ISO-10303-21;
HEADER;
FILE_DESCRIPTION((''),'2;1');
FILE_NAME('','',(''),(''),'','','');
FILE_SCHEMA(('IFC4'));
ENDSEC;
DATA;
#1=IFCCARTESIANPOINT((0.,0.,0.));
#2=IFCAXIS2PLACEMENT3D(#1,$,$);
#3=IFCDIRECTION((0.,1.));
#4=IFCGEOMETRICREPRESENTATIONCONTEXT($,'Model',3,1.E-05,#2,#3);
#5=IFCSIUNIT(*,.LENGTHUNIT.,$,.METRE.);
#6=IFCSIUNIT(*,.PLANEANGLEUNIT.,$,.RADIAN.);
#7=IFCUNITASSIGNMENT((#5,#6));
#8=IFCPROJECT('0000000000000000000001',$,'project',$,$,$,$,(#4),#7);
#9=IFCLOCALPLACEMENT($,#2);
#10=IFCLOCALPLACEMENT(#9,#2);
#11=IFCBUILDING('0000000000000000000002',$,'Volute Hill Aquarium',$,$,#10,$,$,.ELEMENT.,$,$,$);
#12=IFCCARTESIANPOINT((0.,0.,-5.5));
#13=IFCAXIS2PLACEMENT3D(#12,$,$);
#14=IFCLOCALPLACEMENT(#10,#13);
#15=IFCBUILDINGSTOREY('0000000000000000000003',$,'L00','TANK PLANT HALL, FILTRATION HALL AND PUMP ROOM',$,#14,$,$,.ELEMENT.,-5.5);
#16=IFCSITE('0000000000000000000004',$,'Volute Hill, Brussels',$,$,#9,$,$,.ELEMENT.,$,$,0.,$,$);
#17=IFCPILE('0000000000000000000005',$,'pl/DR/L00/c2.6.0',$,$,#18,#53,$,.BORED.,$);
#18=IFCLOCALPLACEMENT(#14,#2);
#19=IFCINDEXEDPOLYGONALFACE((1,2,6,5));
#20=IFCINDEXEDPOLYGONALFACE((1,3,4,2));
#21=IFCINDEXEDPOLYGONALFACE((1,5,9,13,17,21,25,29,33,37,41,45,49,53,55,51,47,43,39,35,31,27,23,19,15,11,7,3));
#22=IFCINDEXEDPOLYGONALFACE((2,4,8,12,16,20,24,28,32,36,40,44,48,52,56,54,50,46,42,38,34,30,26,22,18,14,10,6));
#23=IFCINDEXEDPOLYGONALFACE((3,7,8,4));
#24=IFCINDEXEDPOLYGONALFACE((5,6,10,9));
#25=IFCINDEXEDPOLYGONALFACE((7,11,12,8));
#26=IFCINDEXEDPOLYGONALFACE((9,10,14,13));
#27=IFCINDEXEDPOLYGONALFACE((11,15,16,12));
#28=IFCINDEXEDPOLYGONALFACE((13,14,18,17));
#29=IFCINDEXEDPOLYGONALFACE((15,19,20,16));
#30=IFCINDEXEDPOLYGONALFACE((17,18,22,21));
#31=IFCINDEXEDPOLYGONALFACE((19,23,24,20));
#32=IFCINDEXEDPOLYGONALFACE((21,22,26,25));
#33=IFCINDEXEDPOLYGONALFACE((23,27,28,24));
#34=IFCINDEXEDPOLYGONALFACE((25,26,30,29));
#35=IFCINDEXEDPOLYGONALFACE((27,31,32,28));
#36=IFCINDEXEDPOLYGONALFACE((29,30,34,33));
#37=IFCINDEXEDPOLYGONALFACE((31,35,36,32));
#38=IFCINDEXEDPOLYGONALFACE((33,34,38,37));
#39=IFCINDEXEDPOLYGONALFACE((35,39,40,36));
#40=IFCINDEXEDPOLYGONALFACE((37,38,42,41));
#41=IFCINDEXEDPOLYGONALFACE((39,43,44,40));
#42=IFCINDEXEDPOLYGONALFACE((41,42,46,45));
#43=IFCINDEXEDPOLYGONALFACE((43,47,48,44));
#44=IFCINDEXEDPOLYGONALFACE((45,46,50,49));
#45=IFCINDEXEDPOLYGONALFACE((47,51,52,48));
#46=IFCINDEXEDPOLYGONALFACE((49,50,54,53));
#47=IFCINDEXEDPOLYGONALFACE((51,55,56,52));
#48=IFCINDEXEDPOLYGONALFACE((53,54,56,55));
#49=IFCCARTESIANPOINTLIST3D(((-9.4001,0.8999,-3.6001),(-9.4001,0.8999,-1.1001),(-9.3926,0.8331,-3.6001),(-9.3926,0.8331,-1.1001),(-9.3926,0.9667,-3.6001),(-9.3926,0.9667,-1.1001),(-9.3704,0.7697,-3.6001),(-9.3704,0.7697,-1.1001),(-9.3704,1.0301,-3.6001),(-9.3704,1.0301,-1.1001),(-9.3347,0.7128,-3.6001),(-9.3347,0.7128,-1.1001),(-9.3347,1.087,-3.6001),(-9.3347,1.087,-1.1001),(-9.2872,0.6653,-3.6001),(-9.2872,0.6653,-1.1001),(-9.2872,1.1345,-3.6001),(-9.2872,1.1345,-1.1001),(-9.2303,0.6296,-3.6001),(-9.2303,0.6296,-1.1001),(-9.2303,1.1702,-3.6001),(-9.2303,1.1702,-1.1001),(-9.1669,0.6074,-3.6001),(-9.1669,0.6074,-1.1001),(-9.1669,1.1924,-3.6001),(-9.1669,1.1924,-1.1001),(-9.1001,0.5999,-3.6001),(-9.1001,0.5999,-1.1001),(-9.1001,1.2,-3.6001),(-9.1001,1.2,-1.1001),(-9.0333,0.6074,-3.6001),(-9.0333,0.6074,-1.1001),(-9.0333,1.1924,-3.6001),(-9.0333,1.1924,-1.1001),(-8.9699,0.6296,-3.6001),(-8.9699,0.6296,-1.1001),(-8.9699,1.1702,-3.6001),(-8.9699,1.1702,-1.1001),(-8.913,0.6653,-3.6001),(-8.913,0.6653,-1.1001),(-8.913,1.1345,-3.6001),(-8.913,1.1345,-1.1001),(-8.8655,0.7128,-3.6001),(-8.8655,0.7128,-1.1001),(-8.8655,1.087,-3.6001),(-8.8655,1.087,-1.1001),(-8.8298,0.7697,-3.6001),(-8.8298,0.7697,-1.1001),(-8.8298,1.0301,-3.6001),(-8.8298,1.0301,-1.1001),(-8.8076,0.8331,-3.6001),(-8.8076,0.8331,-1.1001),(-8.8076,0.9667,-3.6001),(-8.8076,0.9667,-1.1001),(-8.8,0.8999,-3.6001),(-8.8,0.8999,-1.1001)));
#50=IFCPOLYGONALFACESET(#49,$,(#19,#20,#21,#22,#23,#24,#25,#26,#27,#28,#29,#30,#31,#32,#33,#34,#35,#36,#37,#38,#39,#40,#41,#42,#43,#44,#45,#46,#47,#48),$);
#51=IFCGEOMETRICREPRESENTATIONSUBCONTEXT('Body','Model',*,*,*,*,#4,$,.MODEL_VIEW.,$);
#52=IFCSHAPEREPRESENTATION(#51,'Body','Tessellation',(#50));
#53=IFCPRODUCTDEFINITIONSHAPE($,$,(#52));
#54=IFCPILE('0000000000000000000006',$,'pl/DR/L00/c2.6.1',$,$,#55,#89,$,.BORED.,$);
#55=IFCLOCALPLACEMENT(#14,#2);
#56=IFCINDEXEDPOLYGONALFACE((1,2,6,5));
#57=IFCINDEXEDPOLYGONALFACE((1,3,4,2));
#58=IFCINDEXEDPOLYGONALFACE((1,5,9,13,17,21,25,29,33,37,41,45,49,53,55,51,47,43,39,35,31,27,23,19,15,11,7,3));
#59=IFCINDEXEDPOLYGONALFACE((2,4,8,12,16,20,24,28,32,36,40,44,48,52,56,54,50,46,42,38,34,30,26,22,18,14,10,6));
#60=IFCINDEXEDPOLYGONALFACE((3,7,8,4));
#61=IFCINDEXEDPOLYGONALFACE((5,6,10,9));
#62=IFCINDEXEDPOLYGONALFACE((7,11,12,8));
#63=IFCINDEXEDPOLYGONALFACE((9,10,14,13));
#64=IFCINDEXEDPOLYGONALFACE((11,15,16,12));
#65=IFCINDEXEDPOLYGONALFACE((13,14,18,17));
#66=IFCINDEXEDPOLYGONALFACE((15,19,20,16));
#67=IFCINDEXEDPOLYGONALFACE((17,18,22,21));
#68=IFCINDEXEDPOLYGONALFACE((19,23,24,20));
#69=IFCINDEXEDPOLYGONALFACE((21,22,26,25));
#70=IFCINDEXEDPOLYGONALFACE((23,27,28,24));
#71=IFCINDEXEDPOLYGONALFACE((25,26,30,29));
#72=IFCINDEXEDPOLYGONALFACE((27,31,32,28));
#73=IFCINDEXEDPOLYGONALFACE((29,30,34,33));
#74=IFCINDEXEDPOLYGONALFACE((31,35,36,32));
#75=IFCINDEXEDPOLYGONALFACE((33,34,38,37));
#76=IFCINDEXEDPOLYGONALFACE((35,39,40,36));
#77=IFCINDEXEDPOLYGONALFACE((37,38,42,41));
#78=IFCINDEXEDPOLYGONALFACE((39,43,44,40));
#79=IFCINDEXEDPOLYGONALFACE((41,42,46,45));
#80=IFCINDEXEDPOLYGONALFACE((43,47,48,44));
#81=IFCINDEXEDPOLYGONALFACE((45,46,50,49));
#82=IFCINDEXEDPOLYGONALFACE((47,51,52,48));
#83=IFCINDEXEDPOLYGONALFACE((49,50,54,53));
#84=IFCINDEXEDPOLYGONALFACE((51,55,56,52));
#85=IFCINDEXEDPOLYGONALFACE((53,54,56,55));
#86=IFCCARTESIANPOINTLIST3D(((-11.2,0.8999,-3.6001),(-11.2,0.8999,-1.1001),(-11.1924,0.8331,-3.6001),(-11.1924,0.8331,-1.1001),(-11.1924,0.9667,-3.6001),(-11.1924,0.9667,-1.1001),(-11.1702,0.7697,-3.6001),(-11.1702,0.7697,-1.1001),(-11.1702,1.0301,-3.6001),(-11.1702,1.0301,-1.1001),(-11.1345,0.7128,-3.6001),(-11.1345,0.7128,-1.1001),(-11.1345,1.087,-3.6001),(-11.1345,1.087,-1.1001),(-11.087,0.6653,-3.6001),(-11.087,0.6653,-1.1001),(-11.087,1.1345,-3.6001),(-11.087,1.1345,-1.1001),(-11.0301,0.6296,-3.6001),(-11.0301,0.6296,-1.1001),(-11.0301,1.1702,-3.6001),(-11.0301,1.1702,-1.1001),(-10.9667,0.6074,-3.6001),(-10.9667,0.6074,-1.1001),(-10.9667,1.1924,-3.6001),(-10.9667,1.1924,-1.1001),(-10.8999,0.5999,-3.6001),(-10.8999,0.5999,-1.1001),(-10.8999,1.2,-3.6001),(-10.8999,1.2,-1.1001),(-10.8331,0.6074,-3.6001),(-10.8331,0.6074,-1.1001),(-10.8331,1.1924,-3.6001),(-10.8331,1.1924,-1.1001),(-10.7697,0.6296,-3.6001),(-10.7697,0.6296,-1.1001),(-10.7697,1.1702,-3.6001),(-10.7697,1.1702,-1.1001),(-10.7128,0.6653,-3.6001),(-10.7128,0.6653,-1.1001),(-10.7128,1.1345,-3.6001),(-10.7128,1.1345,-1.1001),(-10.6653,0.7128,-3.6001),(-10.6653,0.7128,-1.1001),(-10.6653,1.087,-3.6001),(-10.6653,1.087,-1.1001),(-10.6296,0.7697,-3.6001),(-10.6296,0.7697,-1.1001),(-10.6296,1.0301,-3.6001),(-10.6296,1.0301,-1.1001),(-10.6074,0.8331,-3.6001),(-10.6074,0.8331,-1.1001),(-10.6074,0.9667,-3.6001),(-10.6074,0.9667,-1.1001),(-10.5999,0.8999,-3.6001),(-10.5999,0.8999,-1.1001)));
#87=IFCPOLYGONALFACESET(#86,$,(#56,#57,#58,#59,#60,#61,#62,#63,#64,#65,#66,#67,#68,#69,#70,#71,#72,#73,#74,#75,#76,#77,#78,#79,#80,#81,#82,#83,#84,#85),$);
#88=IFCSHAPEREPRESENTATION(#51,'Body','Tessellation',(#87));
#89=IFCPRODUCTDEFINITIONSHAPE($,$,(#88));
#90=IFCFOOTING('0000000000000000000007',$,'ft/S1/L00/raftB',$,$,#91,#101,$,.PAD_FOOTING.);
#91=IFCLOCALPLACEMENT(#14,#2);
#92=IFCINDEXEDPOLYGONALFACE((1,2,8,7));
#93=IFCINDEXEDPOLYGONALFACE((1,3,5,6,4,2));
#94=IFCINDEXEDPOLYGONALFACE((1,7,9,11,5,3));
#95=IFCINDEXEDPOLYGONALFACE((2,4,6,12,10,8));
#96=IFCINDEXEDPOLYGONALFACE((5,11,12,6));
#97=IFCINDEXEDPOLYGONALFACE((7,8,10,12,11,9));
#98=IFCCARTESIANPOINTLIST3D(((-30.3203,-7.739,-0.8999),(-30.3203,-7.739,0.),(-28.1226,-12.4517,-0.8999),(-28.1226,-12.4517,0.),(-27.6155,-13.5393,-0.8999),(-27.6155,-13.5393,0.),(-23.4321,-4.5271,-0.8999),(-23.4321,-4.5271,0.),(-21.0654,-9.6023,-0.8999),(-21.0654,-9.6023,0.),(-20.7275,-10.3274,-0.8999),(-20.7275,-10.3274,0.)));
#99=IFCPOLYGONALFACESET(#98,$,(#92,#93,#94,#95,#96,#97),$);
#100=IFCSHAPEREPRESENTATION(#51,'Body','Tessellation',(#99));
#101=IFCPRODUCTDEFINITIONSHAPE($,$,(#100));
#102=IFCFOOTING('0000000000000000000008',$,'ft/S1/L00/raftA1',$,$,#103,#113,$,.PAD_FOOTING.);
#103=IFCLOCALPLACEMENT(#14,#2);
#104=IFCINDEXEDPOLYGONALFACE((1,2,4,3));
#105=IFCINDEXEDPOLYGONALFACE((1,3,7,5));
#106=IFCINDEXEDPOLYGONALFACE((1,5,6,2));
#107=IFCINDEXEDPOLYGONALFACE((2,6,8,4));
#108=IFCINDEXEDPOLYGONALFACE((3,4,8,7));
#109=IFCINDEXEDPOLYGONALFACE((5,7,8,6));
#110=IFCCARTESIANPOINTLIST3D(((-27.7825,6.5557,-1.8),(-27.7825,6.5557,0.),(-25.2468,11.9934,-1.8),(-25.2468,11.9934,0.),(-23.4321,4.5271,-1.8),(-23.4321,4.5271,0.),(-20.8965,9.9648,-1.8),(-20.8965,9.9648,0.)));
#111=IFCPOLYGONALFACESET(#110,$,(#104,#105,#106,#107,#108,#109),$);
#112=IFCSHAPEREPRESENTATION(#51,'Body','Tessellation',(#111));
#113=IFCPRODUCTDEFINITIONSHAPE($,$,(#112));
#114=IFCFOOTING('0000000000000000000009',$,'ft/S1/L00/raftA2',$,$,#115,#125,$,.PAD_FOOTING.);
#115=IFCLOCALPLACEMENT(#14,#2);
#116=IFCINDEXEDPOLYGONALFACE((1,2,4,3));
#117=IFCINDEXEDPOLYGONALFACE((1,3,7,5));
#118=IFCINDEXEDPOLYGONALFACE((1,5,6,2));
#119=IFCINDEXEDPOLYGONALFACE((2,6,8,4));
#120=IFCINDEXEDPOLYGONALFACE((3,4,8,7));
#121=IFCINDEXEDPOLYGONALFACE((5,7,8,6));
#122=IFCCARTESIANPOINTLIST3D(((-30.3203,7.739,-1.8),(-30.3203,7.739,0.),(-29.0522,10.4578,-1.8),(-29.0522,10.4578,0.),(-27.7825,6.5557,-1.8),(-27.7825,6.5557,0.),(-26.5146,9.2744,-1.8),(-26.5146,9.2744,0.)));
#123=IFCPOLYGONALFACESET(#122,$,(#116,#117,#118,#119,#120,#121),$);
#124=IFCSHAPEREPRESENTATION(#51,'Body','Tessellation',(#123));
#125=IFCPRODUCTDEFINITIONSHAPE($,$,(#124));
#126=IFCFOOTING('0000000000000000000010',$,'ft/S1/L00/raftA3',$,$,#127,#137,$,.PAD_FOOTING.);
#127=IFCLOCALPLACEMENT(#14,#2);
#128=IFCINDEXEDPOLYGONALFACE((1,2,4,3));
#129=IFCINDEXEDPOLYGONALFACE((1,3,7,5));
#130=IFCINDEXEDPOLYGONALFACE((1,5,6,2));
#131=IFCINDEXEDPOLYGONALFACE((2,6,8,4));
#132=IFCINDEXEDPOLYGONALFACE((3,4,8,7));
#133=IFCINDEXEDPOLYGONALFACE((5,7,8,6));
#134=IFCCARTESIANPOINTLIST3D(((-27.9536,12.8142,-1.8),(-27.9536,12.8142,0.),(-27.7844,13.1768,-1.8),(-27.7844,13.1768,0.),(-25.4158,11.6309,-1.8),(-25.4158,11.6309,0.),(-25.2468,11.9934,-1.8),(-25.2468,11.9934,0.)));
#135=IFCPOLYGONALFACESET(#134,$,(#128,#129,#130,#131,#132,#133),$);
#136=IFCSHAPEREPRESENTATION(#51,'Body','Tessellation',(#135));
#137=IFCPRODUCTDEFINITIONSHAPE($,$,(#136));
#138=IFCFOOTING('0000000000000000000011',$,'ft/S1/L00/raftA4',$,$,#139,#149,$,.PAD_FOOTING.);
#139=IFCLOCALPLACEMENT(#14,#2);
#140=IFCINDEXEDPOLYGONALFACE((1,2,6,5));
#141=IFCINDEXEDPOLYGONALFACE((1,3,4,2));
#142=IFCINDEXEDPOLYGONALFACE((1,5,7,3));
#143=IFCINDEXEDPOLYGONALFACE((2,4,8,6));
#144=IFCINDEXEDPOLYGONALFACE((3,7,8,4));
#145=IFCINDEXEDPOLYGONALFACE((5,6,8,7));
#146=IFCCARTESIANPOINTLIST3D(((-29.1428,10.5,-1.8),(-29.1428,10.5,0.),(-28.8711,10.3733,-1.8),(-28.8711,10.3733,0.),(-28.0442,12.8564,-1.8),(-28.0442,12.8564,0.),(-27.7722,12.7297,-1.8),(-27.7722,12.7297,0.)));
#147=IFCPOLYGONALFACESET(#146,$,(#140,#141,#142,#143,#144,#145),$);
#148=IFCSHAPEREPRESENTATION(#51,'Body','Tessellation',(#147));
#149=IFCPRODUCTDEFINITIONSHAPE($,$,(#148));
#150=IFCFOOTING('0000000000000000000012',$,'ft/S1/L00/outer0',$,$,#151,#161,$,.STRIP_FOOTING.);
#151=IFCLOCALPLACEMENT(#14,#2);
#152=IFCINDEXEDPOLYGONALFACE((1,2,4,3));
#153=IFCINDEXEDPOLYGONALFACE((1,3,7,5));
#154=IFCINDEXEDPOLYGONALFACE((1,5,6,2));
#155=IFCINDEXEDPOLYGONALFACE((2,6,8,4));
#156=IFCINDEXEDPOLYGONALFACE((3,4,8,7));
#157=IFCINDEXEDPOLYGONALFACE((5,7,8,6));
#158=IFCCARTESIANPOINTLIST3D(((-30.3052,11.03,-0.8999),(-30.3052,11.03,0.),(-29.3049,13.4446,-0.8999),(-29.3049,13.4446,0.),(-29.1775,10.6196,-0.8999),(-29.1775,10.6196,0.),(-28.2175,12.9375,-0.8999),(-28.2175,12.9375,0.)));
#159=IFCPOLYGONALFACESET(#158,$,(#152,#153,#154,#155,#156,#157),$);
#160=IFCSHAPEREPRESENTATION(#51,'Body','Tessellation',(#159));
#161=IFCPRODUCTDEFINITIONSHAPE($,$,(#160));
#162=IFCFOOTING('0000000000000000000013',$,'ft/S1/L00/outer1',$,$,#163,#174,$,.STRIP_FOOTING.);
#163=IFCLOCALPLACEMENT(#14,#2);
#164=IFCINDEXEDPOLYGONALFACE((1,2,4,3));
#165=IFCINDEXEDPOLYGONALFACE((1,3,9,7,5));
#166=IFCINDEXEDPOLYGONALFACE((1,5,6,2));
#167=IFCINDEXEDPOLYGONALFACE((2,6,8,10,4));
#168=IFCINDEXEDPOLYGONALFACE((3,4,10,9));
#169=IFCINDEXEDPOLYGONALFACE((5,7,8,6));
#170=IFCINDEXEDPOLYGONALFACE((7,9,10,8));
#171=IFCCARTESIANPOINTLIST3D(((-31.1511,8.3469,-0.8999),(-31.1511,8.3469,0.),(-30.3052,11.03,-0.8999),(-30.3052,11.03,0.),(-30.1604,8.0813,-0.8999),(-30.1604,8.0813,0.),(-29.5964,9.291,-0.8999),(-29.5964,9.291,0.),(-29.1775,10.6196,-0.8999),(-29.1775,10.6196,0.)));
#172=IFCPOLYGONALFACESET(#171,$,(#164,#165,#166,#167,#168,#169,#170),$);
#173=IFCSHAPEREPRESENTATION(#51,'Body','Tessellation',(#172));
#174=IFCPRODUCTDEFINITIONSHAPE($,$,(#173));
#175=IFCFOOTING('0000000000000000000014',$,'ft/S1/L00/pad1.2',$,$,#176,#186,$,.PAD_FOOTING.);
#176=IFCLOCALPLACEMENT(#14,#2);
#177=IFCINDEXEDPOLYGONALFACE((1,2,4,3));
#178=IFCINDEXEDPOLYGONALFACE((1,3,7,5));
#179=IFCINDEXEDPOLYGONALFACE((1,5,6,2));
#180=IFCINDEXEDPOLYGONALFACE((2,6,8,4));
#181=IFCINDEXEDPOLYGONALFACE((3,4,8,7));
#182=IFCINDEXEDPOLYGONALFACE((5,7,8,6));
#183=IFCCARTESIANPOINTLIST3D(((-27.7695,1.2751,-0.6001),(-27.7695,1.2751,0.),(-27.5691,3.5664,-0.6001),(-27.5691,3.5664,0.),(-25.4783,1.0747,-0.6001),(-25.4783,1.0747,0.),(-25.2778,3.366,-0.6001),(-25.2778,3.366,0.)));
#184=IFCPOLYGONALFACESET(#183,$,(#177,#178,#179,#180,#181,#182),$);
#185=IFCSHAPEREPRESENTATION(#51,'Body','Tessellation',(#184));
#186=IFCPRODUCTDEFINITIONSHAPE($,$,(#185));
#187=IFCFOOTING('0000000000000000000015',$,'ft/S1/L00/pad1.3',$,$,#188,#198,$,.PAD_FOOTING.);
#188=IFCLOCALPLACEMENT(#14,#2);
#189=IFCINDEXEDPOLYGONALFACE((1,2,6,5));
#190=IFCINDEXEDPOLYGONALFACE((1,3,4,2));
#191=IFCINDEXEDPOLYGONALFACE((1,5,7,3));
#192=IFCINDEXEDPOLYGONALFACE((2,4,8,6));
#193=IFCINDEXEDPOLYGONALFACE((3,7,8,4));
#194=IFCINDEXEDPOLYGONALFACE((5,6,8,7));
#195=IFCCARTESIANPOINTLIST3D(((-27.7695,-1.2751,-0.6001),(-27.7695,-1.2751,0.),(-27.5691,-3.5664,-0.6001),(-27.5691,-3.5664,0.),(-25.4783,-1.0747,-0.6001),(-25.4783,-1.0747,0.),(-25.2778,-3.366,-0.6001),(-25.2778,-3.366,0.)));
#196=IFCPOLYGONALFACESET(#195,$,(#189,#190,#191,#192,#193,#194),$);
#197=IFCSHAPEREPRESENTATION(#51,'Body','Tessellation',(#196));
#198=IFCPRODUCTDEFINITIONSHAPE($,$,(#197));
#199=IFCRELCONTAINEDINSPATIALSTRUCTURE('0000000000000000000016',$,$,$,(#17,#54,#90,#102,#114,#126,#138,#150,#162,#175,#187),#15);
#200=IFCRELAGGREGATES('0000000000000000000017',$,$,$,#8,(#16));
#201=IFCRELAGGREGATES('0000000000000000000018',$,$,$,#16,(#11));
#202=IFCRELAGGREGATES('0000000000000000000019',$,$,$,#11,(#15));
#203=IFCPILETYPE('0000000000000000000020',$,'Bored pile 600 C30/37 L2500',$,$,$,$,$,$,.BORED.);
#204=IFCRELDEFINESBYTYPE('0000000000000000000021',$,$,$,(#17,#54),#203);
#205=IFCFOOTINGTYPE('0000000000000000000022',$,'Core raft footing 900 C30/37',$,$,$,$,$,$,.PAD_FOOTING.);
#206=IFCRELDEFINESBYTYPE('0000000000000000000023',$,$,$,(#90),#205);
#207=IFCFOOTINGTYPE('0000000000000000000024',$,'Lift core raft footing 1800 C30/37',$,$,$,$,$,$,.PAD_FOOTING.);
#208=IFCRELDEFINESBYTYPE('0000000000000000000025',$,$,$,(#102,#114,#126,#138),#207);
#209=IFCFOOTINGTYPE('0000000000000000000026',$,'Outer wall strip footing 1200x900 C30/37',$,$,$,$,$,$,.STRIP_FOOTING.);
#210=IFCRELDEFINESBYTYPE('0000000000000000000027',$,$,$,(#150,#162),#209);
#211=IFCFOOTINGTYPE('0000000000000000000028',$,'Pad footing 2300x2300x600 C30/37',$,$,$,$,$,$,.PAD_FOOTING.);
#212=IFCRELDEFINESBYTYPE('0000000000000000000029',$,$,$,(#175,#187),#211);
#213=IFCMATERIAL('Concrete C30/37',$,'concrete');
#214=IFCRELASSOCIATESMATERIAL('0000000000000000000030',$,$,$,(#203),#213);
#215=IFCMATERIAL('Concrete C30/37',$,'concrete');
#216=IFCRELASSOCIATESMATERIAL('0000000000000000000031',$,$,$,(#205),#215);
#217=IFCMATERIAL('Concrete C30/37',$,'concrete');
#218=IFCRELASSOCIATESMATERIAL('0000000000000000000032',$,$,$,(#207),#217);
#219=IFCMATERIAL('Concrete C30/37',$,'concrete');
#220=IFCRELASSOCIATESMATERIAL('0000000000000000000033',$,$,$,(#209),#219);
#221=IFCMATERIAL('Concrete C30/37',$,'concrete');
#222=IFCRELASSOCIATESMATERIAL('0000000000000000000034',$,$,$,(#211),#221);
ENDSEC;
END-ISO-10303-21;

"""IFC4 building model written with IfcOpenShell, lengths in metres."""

from ifc_helpers import new_model, si_unit, direction, frame, origin, origin_2d, place, context, subcontext, project, spatial, polyline, circle, outline, extrude, material, type_object, element, save


model = new_model("IFC4")

# Units and contexts
model_context = context("Model", 3, precision=1e-05, world=origin(), true_north=direction((0.0, 1.0)))
body_context = subcontext(model_context, "Body", "Model", "MODEL_VIEW")
ifc_project = project(units=[si_unit("LENGTHUNIT", "METRE"), si_unit("PLANEANGLEUNIT", "RADIAN")], contexts=[model_context])

# Site, building, storey
site_placement = place(None, origin())
site = spatial("IfcSite", under=ifc_project, at=site_placement, Name="Volute Hill, Brussels", CompositionType="ELEMENT", RefElevation=0.0)
building_placement = place(site_placement, origin())
building = spatial("IfcBuilding", under=site, at=building_placement, Name="Volute Hill Aquarium", CompositionType="ELEMENT")
storey_placement = place(building_placement, frame((0.0, 0.0, -5.5)))
storey = spatial("IfcBuildingStorey", under=building, at=storey_placement, Name="L00", Description="TANK PLANT HALL, FILTRATION HALL AND PUMP ROOM", CompositionType="ELEMENT", Elevation=-5.5)

# Piles
ifc_material_1 = material(Name="Concrete C30/37", Category="concrete")
pile_type = type_object("IfcPileType", Name="Bored pile 600 C30/37 L2500", PredefinedType="BORED", material=ifc_material_1)
for number, where, z_axis, x_axis, name in (
    (1, (-9.1001, 0.8999, -1.1001), (0.0, 0.0, -1.0), (1.0, 0.0, 0.0), "pl/DR/L00/c2.6.0"),
    (2, (-10.8999, 0.8999, -1.1001), (0.0, 0.0, -1.0), (1.0, 0.0, 0.0), "pl/DR/L00/c2.6.1"),
):
    element("IfcPile", number, at=place(storey_placement, frame(where, z_axis=z_axis, x_axis=x_axis)), inside=storey, type_object=pile_type, Name=name, PredefinedType="BORED", context=body_context, shape_type="SweptSolid", body=[
        extrude(circle(Radius=0.3, at=origin_2d()), origin(), (0.0, 0.0, 1.0), 2.5),
    ])

# Footings
ifc_material_2 = material(Name="Concrete C30/37", Category="concrete")
footing_type_1 = type_object("IfcFootingType", Name="Core raft footing 900 C30/37", PredefinedType="PAD_FOOTING", material=ifc_material_2)
footing_1_placement = place(storey_placement, frame((0.0, 0.0, -0.8999)))
element("IfcFooting", 3, at=footing_1_placement, inside=storey, type_object=footing_type_1, Name="ft/S1/L00/raftB", PredefinedType="PAD_FOOTING", context=body_context, shape_type="SweptSolid", body=[
    extrude(outline(polyline([(-27.6155, -13.5393), (-28.1226, -12.4517), (-28.1226, -12.4517), (-30.3203, -7.739), (-23.4321, -4.5271), (-21.0654, -9.6023), (-21.0654, -9.6023), (-20.7275, -10.3274), (-27.6155, -13.5393)])), origin(), (0.0, 0.0, 1.0), 0.8999),
])
ifc_material_3 = material(Name="Concrete C30/37", Category="concrete")
footing_type_2 = type_object("IfcFootingType", Name="Lift core raft footing 1800 C30/37", PredefinedType="PAD_FOOTING", material=ifc_material_3)
footing_2_placement = place(storey_placement, frame((0.0, 0.0, -1.8)))
element("IfcFooting", 4, at=footing_2_placement, inside=storey, type_object=footing_type_2, Name="ft/S1/L00/raftA1", PredefinedType="PAD_FOOTING", context=body_context, shape_type="SweptSolid", body=[
    extrude(outline(polyline([(-20.8965, 9.9648), (-25.2468, 11.9934), (-27.7825, 6.5557), (-23.4321, 4.5271), (-20.8965, 9.9648)])), origin(), (0.0, 0.0, 1.0), 1.8),
])
footing_3_placement = place(storey_placement, frame((0.0, 0.0, -1.8)))
element("IfcFooting", 5, at=footing_3_placement, inside=storey, type_object=footing_type_2, Name="ft/S1/L00/raftA2", PredefinedType="PAD_FOOTING", context=body_context, shape_type="SweptSolid", body=[
    extrude(outline(polyline([(-26.5146, 9.2744), (-29.0522, 10.4578), (-30.3203, 7.739), (-27.7825, 6.5557), (-26.5146, 9.2744)])), origin(), (0.0, 0.0, 1.0), 1.8),
])
footing_4_placement = place(storey_placement, frame((0.0, 0.0, -1.8)))
element("IfcFooting", 6, at=footing_4_placement, inside=storey, type_object=footing_type_2, Name="ft/S1/L00/raftA3", PredefinedType="PAD_FOOTING", context=body_context, shape_type="SweptSolid", body=[
    extrude(outline(polyline([(-25.2468, 11.9934), (-27.7844, 13.1768), (-27.9536, 12.8142), (-25.4158, 11.6309), (-25.2468, 11.9934)])), origin(), (0.0, 0.0, 1.0), 1.8),
])
footing_5_placement = place(storey_placement, frame((0.0, 0.0, -1.8)))
element("IfcFooting", 7, at=footing_5_placement, inside=storey, type_object=footing_type_2, Name="ft/S1/L00/raftA4", PredefinedType="PAD_FOOTING", context=body_context, shape_type="SweptSolid", body=[
    extrude(outline(polyline([(-27.7722, 12.7297), (-28.0442, 12.8564), (-29.1428, 10.5), (-28.8711, 10.3733), (-27.7722, 12.7297)])), origin(), (0.0, 0.0, 1.0), 1.8),
])
ifc_material_4 = material(Name="Concrete C30/37", Category="concrete")
footing_type_3 = type_object("IfcFootingType", Name="Outer wall strip footing 1200x900 C30/37", PredefinedType="STRIP_FOOTING", material=ifc_material_4)
footing_6_placement = place(storey_placement, frame((0.0, 0.0, -0.8999)))
element("IfcFooting", 8, at=footing_6_placement, inside=storey, type_object=footing_type_3, Name="ft/S1/L00/outer0", PredefinedType="STRIP_FOOTING", context=body_context, shape_type="SweptSolid", body=[
    extrude(outline(polyline([(-30.3052, 11.03), (-29.3049, 13.4446), (-28.2175, 12.9375), (-29.1775, 10.6196), (-30.3052, 11.03)])), origin(), (0.0, 0.0, 1.0), 0.8999),
])
footing_7_placement = place(storey_placement, frame((0.0, 0.0, -0.8999)))
element("IfcFooting", 9, at=footing_7_placement, inside=storey, type_object=footing_type_3, Name="ft/S1/L00/outer1", PredefinedType="STRIP_FOOTING", context=body_context, shape_type="SweptSolid", body=[
    extrude(outline(polyline([(-31.1511, 8.3469), (-30.3052, 11.03), (-29.1775, 10.6196), (-29.5964, 9.291), (-30.1604, 8.0813), (-31.1511, 8.3469)])), origin(), (0.0, 0.0, 1.0), 0.8999),
])
ifc_material_5 = material(Name="Concrete C30/37", Category="concrete")
footing_type_4 = type_object("IfcFootingType", Name="Pad footing 2300x2300x600 C30/37", PredefinedType="PAD_FOOTING", material=ifc_material_5)
footing_8_placement = place(storey_placement, frame((0.0, 0.0, -0.6001)))
element("IfcFooting", 10, at=footing_8_placement, inside=storey, type_object=footing_type_4, Name="ft/S1/L00/pad1.2", PredefinedType="PAD_FOOTING", context=body_context, shape_type="SweptSolid", body=[
    extrude(outline(polyline([(-25.2778, 3.366), (-27.5691, 3.5664), (-27.7695, 1.2751), (-25.4783, 1.0747), (-25.2778, 3.366)])), origin(), (0.0, 0.0, 1.0), 0.6001),
])
footing_9_placement = place(storey_placement, frame((0.0, 0.0, -0.6001)))
element("IfcFooting", 11, at=footing_9_placement, inside=storey, type_object=footing_type_4, Name="ft/S1/L00/pad1.3", PredefinedType="PAD_FOOTING", context=body_context, shape_type="SweptSolid", body=[
    extrude(outline(polyline([(-25.4783, -1.0747), (-27.7695, -1.2751), (-27.5691, -3.5664), (-25.2778, -3.366), (-25.4783, -1.0747)])), origin(), (0.0, 0.0, 1.0), 0.6001),
])

save(model, "model.ifc")
